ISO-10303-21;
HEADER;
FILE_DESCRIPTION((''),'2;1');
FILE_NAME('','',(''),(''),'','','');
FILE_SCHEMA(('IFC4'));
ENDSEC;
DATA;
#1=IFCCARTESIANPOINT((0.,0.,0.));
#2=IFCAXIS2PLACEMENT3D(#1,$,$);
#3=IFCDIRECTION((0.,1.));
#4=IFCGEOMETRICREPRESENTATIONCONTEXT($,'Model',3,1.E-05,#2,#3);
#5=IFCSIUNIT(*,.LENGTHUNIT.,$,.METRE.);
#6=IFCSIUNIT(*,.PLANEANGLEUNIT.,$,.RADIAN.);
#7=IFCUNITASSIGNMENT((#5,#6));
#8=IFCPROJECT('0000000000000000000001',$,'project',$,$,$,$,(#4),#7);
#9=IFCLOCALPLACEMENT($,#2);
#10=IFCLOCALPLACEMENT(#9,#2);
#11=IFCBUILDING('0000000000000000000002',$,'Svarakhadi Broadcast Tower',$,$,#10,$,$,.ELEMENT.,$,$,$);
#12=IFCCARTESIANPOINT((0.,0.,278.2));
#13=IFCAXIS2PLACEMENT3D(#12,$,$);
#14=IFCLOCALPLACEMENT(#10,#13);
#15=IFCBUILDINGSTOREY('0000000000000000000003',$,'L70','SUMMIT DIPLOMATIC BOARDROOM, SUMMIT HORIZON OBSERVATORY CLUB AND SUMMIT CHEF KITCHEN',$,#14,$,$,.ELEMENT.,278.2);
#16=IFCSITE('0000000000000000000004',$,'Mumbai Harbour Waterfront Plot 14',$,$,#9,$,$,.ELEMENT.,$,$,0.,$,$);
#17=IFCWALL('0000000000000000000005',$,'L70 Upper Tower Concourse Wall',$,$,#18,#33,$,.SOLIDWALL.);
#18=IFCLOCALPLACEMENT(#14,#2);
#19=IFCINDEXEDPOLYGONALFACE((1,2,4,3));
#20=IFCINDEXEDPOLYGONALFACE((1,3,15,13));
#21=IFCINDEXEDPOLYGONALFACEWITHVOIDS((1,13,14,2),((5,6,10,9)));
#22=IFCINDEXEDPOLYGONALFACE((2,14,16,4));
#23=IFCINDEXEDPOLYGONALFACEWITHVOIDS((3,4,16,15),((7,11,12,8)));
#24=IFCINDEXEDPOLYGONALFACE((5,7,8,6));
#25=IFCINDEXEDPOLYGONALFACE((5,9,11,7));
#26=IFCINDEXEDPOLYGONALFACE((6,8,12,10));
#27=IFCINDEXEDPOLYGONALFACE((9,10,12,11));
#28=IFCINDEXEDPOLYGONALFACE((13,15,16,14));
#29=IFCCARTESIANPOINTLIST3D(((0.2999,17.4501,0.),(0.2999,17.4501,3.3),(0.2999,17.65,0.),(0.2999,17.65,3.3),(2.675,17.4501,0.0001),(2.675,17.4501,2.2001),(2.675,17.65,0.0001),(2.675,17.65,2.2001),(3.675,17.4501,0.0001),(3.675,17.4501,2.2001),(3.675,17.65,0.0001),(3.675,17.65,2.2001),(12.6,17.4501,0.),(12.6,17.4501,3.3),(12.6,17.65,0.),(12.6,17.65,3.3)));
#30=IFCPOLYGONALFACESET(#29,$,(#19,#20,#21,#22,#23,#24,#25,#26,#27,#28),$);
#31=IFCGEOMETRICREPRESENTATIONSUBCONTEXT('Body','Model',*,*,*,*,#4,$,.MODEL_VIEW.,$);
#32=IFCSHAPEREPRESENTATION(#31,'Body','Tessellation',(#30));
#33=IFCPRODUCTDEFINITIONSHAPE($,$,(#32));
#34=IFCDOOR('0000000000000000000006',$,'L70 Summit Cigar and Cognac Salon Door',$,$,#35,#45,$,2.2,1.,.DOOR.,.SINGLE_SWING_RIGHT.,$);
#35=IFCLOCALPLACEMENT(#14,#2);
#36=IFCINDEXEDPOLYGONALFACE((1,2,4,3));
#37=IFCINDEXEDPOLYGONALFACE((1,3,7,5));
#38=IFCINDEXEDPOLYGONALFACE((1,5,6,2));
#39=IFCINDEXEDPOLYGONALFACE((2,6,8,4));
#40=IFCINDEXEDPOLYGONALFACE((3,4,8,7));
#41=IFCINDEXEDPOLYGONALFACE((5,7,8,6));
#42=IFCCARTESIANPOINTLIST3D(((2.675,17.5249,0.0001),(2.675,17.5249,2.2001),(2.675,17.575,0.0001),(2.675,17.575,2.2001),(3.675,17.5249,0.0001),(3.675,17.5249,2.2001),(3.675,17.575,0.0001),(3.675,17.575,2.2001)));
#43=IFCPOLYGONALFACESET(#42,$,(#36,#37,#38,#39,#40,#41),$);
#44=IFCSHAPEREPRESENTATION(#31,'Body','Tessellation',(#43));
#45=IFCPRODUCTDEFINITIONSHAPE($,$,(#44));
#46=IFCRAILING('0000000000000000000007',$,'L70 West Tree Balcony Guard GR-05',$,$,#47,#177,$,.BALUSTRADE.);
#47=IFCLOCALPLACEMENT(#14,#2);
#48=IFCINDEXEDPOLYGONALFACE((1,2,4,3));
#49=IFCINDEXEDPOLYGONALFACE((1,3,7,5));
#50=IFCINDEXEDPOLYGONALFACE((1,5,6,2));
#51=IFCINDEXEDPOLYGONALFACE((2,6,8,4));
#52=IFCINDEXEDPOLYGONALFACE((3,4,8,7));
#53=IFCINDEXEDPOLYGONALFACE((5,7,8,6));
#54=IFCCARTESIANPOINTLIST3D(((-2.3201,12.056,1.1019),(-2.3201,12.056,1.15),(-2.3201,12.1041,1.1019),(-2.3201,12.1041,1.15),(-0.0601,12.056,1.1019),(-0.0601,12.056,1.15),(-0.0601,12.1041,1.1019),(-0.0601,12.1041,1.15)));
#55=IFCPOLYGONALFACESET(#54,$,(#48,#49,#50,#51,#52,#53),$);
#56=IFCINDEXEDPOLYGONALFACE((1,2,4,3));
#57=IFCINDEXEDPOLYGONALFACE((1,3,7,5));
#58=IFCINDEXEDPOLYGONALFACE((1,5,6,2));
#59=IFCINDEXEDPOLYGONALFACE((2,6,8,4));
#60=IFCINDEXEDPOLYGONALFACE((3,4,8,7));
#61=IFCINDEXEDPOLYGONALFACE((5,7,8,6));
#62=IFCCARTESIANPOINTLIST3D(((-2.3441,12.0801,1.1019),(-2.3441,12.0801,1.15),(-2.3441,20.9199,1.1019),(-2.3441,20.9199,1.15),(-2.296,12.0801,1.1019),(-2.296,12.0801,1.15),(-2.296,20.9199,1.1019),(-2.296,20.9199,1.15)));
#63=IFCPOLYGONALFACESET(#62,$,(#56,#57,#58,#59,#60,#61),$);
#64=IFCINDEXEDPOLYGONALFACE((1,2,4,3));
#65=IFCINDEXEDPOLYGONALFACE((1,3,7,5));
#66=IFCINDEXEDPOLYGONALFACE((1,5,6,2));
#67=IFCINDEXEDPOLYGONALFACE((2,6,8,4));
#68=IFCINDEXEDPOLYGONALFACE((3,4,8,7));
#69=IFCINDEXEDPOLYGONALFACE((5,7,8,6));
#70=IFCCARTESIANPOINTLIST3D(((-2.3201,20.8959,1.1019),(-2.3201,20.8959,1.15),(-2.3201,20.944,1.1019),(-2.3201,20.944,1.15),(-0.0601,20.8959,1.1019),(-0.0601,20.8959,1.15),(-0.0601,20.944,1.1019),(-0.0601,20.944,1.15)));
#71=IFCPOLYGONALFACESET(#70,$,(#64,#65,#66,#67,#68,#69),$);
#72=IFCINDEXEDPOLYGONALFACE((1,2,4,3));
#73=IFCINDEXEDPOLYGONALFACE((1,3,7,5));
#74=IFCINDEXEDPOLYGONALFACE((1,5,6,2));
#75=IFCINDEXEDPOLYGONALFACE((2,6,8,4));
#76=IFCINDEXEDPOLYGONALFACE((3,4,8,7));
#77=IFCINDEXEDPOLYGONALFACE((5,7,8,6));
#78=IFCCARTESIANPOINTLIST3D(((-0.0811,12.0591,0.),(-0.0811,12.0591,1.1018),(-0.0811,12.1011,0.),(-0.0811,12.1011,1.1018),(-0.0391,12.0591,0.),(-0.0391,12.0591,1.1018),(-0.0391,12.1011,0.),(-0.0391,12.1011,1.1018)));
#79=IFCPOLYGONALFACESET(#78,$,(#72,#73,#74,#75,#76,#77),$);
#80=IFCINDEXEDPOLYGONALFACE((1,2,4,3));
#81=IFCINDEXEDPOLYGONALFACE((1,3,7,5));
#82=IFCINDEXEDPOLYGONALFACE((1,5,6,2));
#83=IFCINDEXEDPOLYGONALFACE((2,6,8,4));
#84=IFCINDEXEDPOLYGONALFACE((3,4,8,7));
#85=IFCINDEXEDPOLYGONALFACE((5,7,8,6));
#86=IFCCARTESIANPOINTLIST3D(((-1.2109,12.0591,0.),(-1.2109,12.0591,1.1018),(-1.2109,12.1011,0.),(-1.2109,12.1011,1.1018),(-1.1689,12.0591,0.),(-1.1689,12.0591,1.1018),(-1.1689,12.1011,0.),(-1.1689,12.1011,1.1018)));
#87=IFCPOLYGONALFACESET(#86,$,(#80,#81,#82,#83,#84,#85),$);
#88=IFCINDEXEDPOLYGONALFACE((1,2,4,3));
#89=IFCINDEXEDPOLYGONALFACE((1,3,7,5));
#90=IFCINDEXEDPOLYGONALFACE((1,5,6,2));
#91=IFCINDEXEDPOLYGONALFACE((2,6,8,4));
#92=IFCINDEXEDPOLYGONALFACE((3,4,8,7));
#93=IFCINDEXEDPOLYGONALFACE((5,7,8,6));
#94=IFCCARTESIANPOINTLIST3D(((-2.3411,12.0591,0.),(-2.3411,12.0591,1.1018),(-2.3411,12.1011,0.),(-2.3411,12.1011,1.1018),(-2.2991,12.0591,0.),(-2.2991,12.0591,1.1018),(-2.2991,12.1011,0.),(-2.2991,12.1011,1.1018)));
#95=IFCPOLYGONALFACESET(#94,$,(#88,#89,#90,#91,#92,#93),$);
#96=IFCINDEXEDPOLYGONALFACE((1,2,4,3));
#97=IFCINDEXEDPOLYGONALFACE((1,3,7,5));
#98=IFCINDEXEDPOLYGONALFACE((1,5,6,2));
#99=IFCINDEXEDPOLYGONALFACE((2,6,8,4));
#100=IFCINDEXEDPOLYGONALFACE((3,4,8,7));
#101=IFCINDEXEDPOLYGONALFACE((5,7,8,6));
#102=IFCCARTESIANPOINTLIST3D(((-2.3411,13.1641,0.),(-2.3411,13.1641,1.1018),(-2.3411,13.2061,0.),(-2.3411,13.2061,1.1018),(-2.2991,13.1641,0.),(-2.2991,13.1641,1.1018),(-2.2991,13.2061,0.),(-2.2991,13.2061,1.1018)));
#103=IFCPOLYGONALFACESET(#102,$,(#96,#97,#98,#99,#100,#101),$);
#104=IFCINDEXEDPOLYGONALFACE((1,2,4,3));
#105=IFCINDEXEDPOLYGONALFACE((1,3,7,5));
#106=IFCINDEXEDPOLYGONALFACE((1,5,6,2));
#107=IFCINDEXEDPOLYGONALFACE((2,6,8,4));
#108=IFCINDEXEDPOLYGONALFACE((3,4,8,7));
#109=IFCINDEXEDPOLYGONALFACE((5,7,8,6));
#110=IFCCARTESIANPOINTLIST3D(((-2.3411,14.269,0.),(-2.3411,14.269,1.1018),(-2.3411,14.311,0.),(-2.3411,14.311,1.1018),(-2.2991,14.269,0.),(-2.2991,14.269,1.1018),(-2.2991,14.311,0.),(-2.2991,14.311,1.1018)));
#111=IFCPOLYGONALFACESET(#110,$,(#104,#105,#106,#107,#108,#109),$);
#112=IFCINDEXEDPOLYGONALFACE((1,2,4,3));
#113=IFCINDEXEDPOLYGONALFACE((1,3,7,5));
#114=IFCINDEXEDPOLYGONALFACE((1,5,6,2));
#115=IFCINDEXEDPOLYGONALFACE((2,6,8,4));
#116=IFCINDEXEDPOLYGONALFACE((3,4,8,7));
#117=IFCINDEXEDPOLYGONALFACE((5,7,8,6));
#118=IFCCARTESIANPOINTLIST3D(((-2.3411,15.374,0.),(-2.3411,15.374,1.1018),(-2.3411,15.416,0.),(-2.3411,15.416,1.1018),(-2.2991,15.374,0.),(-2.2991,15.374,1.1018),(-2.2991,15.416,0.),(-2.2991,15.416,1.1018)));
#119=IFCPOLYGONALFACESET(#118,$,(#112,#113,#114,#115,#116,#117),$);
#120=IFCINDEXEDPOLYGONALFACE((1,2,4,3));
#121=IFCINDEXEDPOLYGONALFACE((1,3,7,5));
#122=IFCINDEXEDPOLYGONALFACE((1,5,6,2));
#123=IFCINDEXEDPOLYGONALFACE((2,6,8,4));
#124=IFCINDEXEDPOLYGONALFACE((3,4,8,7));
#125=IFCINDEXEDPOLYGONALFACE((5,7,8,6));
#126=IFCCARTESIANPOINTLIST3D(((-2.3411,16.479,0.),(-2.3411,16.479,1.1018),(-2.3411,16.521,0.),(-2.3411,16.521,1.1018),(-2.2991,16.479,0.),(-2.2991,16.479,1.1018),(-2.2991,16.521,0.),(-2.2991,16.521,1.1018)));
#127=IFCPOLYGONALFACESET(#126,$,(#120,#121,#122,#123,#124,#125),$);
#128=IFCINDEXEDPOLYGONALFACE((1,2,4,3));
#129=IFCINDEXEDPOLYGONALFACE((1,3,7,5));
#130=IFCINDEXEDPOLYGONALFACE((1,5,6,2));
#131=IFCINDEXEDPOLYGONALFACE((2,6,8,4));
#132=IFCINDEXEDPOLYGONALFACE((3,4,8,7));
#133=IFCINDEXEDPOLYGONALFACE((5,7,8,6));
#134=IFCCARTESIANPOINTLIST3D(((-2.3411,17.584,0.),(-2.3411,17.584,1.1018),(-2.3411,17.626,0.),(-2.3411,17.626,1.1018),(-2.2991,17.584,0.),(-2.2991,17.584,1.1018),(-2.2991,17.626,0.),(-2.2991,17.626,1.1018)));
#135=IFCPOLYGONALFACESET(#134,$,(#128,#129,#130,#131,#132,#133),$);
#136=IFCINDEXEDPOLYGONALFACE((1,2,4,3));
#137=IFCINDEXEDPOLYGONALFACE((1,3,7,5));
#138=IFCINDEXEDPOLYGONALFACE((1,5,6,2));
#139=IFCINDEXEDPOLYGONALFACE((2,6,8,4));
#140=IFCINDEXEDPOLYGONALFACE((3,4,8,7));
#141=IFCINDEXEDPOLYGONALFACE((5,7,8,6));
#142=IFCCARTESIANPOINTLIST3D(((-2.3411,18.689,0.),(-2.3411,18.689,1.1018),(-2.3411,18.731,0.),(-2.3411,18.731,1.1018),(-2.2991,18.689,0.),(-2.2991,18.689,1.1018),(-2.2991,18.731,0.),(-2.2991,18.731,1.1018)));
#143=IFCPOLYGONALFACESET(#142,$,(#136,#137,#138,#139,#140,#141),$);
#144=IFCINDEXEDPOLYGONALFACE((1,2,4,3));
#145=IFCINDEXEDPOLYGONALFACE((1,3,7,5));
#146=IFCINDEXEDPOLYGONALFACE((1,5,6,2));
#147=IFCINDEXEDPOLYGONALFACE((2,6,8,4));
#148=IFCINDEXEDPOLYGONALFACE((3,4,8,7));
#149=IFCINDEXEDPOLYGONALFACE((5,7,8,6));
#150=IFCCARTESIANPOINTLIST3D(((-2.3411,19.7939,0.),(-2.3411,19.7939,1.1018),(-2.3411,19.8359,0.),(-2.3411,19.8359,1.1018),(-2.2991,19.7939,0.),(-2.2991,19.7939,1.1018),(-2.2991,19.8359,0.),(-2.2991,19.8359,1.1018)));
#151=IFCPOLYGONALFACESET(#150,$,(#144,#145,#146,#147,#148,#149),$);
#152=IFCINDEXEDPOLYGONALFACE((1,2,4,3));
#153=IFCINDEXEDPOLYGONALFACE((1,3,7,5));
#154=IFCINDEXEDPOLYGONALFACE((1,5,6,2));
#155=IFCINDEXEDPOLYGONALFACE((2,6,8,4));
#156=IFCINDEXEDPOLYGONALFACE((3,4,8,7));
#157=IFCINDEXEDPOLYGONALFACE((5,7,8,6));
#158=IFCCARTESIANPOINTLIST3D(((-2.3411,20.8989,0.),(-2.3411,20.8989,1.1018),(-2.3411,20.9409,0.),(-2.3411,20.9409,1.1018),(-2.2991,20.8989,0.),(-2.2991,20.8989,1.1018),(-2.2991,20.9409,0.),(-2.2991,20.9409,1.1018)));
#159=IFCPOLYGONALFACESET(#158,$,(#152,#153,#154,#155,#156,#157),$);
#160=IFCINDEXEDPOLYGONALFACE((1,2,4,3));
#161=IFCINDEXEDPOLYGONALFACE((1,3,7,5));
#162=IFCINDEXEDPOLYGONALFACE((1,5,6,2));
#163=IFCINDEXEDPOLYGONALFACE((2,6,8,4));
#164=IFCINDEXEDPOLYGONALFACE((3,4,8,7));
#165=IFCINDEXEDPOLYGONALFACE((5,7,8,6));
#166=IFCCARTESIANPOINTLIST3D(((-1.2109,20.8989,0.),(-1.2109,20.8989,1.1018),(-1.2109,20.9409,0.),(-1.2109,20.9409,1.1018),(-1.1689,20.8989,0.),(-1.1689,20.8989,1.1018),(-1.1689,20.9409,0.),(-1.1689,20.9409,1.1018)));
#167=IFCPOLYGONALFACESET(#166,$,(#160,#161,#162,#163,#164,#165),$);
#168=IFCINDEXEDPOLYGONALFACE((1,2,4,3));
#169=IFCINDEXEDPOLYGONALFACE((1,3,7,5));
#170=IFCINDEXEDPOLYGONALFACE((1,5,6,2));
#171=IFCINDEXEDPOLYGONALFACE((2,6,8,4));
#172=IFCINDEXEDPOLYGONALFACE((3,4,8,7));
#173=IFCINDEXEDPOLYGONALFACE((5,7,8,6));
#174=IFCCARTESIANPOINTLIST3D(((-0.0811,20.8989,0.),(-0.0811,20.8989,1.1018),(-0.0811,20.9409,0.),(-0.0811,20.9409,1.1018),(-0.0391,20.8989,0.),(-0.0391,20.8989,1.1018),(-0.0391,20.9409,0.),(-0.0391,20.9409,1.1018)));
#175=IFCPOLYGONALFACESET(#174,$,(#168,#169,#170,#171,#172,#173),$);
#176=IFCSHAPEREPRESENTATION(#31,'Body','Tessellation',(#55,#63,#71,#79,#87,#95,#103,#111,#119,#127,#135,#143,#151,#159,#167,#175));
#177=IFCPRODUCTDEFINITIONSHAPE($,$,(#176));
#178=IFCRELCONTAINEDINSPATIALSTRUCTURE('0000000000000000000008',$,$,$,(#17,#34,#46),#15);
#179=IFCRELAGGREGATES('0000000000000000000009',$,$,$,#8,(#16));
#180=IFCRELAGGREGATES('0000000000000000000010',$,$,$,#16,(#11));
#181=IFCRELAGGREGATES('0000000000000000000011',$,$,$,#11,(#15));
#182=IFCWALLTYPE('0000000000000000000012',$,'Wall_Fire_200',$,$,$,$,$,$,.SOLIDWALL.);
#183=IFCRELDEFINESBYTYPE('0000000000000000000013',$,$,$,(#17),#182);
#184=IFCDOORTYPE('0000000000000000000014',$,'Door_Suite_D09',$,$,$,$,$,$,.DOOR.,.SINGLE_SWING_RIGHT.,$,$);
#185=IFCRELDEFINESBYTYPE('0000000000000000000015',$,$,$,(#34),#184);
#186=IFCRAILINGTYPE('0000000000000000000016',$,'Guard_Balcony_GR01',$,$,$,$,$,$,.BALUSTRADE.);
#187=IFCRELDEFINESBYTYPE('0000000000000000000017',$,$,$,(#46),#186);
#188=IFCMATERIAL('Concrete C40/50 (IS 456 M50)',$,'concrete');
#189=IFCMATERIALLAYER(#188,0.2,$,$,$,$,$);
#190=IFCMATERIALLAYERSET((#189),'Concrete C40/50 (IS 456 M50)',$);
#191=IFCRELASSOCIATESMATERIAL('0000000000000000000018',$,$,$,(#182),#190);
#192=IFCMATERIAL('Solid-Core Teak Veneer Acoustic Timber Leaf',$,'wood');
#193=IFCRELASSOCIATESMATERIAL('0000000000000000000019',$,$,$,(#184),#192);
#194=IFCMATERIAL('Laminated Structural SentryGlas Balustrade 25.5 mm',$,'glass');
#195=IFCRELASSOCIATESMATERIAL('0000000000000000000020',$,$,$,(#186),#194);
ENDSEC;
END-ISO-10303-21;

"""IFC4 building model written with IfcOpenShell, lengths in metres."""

from ifc_helpers import new_model, si_unit, direction, frame, frame_2d, origin, origin_2d, place, context, subcontext, project, spatial, rectangle, extrude, material, layer, layer_set, type_object, element, fill, save


model = new_model("IFC4")

# Units and contexts
model_context = context("Model", 3, precision=1e-05, world=origin(), true_north=direction((0.0, 1.0)))
body_context = subcontext(model_context, "Body", "Model", "MODEL_VIEW")
ifc_project = project(units=[si_unit("LENGTHUNIT", "METRE"), si_unit("PLANEANGLEUNIT", "RADIAN")], contexts=[model_context])

# Site, building, storey
site_placement = place(None, origin())
site = spatial("IfcSite", under=ifc_project, at=site_placement, Name="Mumbai Harbour Waterfront Plot 14", CompositionType="ELEMENT", RefElevation=0.0)
building_placement = place(site_placement, origin())
building = spatial("IfcBuilding", under=site, at=building_placement, Name="Svarakhadi Broadcast Tower", CompositionType="ELEMENT")
storey_placement = place(building_placement, frame((0.0, 0.0, 278.2)))
storey = spatial("IfcBuildingStorey", under=building, at=storey_placement, Name="L70", Description="SUMMIT DIPLOMATIC BOARDROOM, SUMMIT HORIZON OBSERVATORY CLUB AND SUMMIT CHEF KITCHEN", CompositionType="ELEMENT", Elevation=278.2)

# Wall, opening, door
ifc_material_1 = material(Name="Concrete C40/50 (IS 456 M50)", Category="concrete")
ifc_layer_1 = layer(ifc_material_1, 0.2)
ifc_layer_set_1 = layer_set([ifc_layer_1], Name="Concrete C40/50 (IS 456 M50)")
wall_type_1 = type_object("IfcWallType", Name="Wall_Fire_200", PredefinedType="SOLIDWALL", material=ifc_layer_set_1)
wall_1_placement = place(storey_placement, frame((0.3, 17.55, 0.0), z_axis=(0.0, 0.0, 1.0), x_axis=(1.0, 0.0, 0.0)))
wall_1 = element("IfcWall", 1, at=wall_1_placement, inside=storey, type_object=wall_type_1, Name="L70 Upper Tower Concourse Wall", PredefinedType="SOLIDWALL", context=body_context, shape_type="SweptSolid", body=[
    extrude(rectangle(XDim=12.3, YDim=0.2, at=frame_2d((6.1499, 0.0))), origin(), (0.0, 0.0, 1.0), 3.3),
])
opening_placement = place(wall_1_placement, frame((2.375, 0.0, 0.0)))
opening = element("IfcOpeningElement", 2, at=opening_placement, cuts=wall_1, PredefinedType="OPENING", context=body_context, shape_type="SweptSolid", body=[
    extrude(rectangle(XDim=1.0, YDim=2.2, at=frame_2d((0.5, 1.1001))), frame((0.0, 0.1099, 0.0), z_axis=(0.0, -1.0, 0.0), x_axis=(1.0, 0.0, 0.0)), (0.0, 0.0, 1.0), 0.22),
])
ifc_material_2 = material(Name="Solid-Core Teak Veneer Acoustic Timber Leaf", Category="wood")
door_type = type_object("IfcDoorType", Name="Door_Suite_D09", OperationType="SINGLE_SWING_RIGHT", PredefinedType="DOOR", material=ifc_material_2)
door_placement = place(opening_placement, origin())
door = element("IfcDoor", 3, at=door_placement, inside=storey, type_object=door_type, Name="L70 Summit Cigar and Cognac Salon Door", OperationType="SINGLE_SWING_RIGHT", OverallHeight=2.2, OverallWidth=1.0, PredefinedType="DOOR", context=body_context, shape_type="SweptSolid", body=[
    extrude(rectangle(XDim=1.0, YDim=2.2, at=frame_2d((0.5, 1.1001))), frame((0.0, 0.0249, 0.0), z_axis=(0.0, -1.0, 0.0), x_axis=(1.0, 0.0, 0.0)), (0.0, 0.0, 1.0), 0.05),
])
fill(opening, door)

# Railing
ifc_material_3 = material(Name="Laminated Structural SentryGlas Balustrade 25.5 mm", Category="glass")
railing_type = type_object("IfcRailingType", Name="Guard_Balcony_GR01", PredefinedType="BALUSTRADE", material=ifc_material_3)
railing_placement = place(storey_placement, frame((-0.0601, 12.0801, 0.0)))
element("IfcRailing", 4, at=railing_placement, inside=storey, type_object=railing_type, Name="L70 West Tree Balcony Guard GR-05", PredefinedType="BALUSTRADE", context=body_context, shape_type="SweptSolid", body=[
    extrude(rectangle(XDim=0.0481, YDim=0.0481, at=origin_2d()), frame((0.0, 0.0, 1.126), z_axis=(-1.0, 0.0, 0.0), x_axis=(0.0, -1.0, 0.0)), (0.0, 0.0, 1.0), 2.26),
    extrude(rectangle(XDim=0.0481, YDim=0.0481, at=origin_2d()), frame((-2.26, 0.0, 1.126), z_axis=(0.0, 1.0, 0.0), x_axis=(-1.0, 0.0, 0.0)), (0.0, 0.0, 1.0), 8.8398),
    extrude(rectangle(XDim=0.0481, YDim=0.0481, at=origin_2d()), frame((-2.26, 8.8398, 1.126), z_axis=(1.0, 0.0, 0.0), x_axis=(0.0, 1.0, 0.0)), (0.0, 0.0, 1.0), 2.26),
    extrude(rectangle(XDim=0.042, YDim=0.042, at=origin_2d()), origin(), (0.0, 0.0, 1.0), 1.1018),
    extrude(rectangle(XDim=0.042, YDim=0.042, at=origin_2d()), frame((-1.1299, 0.0, 0.0)), (0.0, 0.0, 1.0), 1.1018),
    extrude(rectangle(XDim=0.042, YDim=0.042, at=origin_2d()), frame((-2.26, 0.0, 0.0)), (0.0, 0.0, 1.0), 1.1018),
    extrude(rectangle(XDim=0.042, YDim=0.042, at=origin_2d()), frame((-2.26, 1.105, 0.0)), (0.0, 0.0, 1.0), 1.1018),
    extrude(rectangle(XDim=0.042, YDim=0.042, at=origin_2d()), frame((-2.26, 2.21, 0.0)), (0.0, 0.0, 1.0), 1.1018),
    extrude(rectangle(XDim=0.042, YDim=0.042, at=origin_2d()), frame((-2.26, 3.3149, 0.0)), (0.0, 0.0, 1.0), 1.1018),
    extrude(rectangle(XDim=0.042, YDim=0.042, at=origin_2d()), frame((-2.26, 4.4199, 0.0)), (0.0, 0.0, 1.0), 1.1018),
    extrude(rectangle(XDim=0.042, YDim=0.042, at=origin_2d()), frame((-2.26, 5.5249, 0.0)), (0.0, 0.0, 1.0), 1.1018),
    extrude(rectangle(XDim=0.042, YDim=0.042, at=origin_2d()), frame((-2.26, 6.6299, 0.0)), (0.0, 0.0, 1.0), 1.1018),
    extrude(rectangle(XDim=0.042, YDim=0.042, at=origin_2d()), frame((-2.26, 7.7349, 0.0)), (0.0, 0.0, 1.0), 1.1018),
    extrude(rectangle(XDim=0.042, YDim=0.042, at=origin_2d()), frame((-2.26, 8.8398, 0.0)), (0.0, 0.0, 1.0), 1.1018),
    extrude(rectangle(XDim=0.042, YDim=0.042, at=origin_2d()), frame((-1.1299, 8.8398, 0.0)), (0.0, 0.0, 1.0), 1.1018),
    extrude(rectangle(XDim=0.042, YDim=0.042, at=origin_2d()), frame((0.0, 8.8398, 0.0)), (0.0, 0.0, 1.0), 1.1018),
])

save(model, "model.ifc")
